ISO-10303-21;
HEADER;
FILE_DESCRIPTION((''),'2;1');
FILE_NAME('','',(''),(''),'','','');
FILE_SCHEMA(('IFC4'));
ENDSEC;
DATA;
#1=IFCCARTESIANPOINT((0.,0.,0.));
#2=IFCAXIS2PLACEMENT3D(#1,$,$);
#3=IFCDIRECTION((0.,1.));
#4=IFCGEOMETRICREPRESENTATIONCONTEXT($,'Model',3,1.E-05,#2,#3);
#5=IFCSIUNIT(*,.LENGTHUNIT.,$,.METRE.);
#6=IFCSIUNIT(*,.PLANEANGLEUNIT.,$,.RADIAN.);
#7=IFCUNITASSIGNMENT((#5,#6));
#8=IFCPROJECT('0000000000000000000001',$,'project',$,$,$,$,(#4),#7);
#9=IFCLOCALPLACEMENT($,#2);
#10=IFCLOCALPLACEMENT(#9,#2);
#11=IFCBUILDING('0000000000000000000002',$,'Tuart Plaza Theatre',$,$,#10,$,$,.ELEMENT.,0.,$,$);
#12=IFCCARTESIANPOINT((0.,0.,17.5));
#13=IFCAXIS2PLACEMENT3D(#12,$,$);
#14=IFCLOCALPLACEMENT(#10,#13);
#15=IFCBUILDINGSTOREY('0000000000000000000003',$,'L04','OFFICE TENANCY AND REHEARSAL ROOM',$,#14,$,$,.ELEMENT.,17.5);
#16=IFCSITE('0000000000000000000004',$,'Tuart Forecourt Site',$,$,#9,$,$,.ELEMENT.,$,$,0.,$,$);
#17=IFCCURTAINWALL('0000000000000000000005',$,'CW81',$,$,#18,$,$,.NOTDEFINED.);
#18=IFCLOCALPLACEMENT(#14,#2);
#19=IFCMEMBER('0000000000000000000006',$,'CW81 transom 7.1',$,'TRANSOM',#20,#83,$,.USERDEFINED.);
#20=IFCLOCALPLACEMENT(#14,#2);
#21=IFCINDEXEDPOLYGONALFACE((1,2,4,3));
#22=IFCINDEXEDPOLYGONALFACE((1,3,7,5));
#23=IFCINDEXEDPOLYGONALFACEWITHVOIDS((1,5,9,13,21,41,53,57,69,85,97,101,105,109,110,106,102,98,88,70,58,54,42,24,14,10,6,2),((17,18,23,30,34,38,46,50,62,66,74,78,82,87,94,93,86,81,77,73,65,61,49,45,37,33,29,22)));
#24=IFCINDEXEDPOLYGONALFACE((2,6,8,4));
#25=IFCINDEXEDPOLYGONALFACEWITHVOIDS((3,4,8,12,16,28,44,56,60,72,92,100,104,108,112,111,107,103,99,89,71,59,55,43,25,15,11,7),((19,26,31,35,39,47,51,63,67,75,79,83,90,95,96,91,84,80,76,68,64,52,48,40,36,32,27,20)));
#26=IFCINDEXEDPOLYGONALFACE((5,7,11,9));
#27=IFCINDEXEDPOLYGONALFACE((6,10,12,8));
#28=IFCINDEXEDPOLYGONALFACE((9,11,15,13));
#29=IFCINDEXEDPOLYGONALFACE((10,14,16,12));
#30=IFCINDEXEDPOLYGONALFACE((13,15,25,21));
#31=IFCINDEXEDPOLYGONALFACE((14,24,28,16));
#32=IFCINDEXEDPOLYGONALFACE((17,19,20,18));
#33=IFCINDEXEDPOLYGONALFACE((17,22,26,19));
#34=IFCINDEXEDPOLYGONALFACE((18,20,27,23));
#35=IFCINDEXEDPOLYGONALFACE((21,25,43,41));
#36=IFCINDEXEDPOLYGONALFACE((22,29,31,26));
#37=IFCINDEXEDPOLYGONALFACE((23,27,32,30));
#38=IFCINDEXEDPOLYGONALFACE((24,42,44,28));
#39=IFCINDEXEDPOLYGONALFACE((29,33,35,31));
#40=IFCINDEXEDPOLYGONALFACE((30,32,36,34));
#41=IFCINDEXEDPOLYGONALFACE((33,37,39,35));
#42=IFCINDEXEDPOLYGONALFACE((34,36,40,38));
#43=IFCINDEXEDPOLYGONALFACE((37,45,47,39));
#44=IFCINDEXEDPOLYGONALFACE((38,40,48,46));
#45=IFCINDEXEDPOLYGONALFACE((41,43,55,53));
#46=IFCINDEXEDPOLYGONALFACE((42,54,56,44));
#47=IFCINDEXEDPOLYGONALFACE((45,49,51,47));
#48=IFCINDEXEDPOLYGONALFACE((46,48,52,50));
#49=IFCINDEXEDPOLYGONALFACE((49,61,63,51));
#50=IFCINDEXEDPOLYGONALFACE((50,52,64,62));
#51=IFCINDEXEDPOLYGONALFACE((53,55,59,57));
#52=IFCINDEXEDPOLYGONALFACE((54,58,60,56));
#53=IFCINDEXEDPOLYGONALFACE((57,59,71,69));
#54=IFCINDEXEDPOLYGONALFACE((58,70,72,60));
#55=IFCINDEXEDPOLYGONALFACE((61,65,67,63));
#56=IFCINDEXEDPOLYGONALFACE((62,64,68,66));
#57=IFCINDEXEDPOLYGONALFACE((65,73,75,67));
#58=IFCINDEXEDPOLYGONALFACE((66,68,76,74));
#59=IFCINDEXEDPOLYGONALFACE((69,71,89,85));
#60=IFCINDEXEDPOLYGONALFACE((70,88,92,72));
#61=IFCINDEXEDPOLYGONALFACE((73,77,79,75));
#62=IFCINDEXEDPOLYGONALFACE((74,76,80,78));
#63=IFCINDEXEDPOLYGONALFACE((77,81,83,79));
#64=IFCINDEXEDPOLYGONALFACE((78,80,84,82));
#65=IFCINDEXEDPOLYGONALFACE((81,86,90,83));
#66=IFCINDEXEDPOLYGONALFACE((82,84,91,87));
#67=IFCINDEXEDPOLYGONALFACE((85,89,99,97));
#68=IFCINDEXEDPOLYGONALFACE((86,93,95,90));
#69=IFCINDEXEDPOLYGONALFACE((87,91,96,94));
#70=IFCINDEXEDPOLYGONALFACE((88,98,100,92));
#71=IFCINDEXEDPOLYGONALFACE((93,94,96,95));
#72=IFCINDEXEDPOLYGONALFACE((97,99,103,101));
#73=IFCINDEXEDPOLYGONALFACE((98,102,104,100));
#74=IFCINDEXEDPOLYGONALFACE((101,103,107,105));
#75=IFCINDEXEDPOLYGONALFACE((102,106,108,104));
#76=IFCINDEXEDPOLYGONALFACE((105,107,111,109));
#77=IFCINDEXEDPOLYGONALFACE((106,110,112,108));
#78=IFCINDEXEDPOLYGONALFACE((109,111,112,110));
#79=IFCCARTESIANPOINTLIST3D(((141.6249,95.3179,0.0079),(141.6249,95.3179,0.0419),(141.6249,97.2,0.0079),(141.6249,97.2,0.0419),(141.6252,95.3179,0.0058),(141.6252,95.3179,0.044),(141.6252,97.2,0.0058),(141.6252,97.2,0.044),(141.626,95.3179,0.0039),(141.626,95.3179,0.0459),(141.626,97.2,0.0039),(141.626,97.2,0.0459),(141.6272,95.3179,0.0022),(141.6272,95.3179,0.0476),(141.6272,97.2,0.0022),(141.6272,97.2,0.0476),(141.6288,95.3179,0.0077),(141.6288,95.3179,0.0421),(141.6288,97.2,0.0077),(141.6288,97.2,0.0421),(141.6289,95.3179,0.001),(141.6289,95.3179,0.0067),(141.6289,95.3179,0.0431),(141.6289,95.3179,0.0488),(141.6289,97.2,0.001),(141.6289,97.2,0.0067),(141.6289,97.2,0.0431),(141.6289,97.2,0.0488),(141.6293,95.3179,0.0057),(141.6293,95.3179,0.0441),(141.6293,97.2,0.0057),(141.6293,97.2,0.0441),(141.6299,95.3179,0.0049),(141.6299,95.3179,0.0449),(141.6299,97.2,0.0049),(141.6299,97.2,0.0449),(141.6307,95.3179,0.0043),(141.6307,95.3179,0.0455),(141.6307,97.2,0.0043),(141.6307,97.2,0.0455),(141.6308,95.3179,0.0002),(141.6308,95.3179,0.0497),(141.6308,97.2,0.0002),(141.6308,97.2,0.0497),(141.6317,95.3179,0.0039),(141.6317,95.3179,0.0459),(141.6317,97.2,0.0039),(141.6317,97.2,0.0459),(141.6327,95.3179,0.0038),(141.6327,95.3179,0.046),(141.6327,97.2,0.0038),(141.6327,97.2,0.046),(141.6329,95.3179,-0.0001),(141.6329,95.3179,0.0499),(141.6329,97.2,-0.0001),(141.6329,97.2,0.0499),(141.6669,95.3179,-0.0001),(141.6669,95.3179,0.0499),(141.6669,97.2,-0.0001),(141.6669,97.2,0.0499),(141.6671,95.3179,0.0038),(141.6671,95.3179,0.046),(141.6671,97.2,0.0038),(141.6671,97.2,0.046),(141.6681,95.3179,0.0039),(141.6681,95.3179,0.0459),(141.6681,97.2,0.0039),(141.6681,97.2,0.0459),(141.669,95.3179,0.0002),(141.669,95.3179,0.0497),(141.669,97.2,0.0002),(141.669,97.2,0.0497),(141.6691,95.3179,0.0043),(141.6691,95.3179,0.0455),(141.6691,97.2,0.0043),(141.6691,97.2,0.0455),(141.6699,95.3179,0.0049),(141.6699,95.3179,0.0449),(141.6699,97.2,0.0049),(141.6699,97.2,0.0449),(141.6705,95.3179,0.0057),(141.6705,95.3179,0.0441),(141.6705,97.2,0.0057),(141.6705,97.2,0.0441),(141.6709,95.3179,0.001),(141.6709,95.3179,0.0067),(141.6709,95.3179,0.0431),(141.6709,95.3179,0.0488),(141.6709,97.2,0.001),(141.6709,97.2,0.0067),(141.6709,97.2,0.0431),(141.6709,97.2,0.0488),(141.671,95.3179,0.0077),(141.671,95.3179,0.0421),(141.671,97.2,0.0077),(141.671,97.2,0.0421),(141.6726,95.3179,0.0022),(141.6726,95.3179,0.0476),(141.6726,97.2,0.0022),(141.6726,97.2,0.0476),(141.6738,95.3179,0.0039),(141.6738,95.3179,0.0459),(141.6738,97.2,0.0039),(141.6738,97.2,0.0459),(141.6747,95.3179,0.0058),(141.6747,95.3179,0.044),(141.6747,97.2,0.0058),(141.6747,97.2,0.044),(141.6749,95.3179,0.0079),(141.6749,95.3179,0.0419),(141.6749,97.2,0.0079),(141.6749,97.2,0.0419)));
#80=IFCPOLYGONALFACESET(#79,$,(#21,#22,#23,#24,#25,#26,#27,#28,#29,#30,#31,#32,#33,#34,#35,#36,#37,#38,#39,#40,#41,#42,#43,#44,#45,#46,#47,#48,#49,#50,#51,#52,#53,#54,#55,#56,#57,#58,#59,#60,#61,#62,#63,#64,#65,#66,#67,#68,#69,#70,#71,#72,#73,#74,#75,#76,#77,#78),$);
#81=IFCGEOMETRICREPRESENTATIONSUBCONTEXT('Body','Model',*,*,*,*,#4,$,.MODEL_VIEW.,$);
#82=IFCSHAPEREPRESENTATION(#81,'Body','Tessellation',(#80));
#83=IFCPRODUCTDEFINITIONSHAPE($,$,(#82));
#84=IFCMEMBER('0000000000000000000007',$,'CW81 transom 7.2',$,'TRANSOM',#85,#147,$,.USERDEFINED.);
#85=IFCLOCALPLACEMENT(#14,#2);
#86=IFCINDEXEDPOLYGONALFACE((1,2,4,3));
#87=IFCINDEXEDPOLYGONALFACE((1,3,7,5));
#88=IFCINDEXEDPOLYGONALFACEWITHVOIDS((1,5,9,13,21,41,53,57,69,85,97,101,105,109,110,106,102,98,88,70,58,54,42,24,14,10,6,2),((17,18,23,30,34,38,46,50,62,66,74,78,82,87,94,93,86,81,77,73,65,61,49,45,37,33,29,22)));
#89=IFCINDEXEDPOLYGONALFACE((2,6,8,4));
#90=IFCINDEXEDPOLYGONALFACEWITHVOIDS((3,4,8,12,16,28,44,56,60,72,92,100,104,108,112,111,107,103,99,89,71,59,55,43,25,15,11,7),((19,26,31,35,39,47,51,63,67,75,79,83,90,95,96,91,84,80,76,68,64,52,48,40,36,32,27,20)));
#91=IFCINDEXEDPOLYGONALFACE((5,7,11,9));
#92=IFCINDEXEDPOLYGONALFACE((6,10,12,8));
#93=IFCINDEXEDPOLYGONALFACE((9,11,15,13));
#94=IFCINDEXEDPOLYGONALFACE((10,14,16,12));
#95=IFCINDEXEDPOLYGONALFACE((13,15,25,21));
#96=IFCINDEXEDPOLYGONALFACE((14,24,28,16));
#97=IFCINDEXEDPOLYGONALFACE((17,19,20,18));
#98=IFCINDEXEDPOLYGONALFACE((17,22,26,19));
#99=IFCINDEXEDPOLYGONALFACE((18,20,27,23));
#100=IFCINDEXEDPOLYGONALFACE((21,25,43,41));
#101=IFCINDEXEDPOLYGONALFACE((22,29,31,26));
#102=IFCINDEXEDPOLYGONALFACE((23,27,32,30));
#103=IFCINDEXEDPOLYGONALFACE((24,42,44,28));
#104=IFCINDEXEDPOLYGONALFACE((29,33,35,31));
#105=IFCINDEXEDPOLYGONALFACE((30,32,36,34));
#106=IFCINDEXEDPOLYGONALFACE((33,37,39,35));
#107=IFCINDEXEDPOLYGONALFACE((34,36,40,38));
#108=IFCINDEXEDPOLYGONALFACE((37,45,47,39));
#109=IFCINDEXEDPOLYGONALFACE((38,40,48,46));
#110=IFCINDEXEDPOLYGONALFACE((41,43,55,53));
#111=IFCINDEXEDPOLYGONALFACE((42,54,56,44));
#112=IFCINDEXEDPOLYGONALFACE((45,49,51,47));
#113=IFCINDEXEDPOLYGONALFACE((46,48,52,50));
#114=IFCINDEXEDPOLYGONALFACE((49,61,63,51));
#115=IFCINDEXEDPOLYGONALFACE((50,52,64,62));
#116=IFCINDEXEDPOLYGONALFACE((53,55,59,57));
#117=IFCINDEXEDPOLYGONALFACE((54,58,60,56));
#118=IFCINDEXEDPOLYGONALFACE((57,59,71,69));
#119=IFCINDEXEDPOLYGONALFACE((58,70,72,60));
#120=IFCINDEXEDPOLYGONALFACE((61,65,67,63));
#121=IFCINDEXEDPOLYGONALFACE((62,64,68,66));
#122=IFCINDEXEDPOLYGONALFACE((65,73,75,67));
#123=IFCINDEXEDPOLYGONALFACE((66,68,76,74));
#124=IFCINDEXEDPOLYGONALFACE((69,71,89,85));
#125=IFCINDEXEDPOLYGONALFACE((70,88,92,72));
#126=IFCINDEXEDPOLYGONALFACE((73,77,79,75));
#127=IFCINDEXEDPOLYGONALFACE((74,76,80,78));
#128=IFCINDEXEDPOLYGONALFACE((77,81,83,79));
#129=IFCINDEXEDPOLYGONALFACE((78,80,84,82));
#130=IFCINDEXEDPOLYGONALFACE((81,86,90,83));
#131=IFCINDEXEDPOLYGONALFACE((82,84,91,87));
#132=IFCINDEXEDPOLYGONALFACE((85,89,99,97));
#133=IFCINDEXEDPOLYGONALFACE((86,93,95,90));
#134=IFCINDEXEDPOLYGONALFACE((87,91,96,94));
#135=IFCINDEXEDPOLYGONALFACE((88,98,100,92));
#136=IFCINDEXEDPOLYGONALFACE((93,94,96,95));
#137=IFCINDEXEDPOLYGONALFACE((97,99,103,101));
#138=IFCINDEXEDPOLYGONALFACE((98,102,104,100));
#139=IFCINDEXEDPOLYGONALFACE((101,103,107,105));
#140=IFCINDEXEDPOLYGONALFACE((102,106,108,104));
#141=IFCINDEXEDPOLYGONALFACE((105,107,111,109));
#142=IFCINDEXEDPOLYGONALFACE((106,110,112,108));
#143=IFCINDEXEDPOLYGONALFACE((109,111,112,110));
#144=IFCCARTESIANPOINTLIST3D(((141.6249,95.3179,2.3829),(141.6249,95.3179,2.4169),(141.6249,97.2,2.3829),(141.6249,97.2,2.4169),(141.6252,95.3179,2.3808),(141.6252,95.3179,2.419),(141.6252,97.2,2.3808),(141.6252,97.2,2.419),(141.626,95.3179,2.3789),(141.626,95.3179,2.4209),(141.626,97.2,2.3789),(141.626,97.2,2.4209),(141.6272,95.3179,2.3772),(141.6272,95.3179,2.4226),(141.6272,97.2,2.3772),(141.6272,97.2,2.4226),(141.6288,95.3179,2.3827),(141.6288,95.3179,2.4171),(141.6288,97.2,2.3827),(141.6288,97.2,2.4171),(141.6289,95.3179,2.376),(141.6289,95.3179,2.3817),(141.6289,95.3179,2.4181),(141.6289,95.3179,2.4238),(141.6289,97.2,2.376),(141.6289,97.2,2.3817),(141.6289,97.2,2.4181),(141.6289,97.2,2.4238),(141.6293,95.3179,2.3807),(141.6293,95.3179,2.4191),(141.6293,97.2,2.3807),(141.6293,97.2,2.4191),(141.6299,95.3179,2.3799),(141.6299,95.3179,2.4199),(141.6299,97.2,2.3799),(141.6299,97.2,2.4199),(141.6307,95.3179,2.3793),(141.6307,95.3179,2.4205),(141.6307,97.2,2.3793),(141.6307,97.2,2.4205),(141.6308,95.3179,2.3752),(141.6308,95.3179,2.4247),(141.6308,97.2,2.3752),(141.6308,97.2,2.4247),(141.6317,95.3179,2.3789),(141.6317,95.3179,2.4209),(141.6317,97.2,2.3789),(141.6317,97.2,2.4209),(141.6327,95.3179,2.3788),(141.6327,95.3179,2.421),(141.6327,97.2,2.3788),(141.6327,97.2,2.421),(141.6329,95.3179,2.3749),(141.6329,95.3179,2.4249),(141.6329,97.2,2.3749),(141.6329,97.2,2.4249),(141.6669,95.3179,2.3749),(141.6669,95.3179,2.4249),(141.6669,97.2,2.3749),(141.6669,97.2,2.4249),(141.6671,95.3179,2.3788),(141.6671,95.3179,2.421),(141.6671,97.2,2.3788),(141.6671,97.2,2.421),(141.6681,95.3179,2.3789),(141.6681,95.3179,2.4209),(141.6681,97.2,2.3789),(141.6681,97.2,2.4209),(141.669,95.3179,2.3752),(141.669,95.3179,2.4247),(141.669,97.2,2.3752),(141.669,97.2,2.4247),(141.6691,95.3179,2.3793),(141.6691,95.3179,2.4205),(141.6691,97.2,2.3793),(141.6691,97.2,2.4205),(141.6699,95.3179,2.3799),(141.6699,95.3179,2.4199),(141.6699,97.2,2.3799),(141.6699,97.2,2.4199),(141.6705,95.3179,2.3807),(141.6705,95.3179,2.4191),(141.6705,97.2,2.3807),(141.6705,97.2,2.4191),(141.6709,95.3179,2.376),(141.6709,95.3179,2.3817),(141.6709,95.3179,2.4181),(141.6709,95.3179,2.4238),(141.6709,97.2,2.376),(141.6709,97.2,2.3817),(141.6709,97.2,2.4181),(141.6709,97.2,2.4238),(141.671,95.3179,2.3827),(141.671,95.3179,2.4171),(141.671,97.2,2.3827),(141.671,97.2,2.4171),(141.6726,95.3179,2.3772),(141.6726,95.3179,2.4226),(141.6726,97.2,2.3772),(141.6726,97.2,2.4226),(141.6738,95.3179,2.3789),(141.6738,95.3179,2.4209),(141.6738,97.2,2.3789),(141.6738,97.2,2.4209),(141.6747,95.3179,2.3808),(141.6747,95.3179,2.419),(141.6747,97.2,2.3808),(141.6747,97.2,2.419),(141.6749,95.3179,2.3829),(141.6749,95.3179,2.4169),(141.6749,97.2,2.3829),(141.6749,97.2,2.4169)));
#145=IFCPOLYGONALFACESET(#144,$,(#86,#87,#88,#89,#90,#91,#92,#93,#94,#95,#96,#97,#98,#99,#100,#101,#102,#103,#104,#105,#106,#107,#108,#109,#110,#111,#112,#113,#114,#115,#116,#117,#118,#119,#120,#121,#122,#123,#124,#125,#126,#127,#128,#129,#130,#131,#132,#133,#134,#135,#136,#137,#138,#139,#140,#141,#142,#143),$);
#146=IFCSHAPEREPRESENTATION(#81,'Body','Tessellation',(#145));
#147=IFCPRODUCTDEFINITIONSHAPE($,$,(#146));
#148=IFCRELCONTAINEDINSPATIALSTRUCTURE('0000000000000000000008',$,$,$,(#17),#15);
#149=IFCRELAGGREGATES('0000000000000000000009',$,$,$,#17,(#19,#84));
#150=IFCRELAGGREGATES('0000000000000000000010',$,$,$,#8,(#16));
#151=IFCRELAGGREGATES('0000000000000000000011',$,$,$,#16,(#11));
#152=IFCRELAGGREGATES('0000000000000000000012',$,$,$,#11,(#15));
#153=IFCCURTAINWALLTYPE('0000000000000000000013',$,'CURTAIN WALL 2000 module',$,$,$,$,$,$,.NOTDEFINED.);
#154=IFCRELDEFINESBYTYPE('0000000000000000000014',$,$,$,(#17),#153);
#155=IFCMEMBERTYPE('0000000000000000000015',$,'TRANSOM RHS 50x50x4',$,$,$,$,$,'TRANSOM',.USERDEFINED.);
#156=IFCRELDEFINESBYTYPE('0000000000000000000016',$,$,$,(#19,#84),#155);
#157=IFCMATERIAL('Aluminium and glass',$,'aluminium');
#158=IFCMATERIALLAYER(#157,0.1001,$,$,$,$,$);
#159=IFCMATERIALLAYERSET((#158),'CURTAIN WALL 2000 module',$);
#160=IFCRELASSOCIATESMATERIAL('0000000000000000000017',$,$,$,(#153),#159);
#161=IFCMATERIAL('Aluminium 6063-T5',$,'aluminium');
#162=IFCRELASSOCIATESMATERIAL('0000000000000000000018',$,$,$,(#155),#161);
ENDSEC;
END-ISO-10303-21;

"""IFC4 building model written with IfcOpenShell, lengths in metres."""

from ifc_helpers import new_model, si_unit, direction, frame, origin, origin_2d, place, context, subcontext, project, spatial, hollow_rectangle, extrude, material, layer, layer_set, material_profile, profile_set, type_object, element, aggregate, save


model = new_model("IFC4")

# Units and contexts
model_context = context("Model", 3, precision=1e-05, world=origin(), true_north=direction((0.0, 1.0)))
body_context = subcontext(model_context, "Body", "Model", "MODEL_VIEW")
ifc_project = project(units=[si_unit("LENGTHUNIT", "METRE"), si_unit("PLANEANGLEUNIT", "RADIAN")], contexts=[model_context])

# Site, building, storey
site_placement = place(None, origin())
site = spatial("IfcSite", under=ifc_project, at=site_placement, Name="Tuart Forecourt Site", CompositionType="ELEMENT", RefElevation=0.0)
building_placement = place(site_placement, origin())
building = spatial("IfcBuilding", under=site, at=building_placement, Name="Tuart Plaza Theatre", CompositionType="ELEMENT", ElevationOfRefHeight=0.0)
storey_placement = place(building_placement, frame((0.0, 0.0, 17.5)))
storey = spatial("IfcBuildingStorey", under=building, at=storey_placement, Name="L04", Description="OFFICE TENANCY AND REHEARSAL ROOM", CompositionType="ELEMENT", Elevation=17.5)

# Curtain wall, members
ifc_material_1 = material(Name="Aluminium and glass", Category="aluminium")
ifc_layer_1 = layer(ifc_material_1, 0.1001)
ifc_layer_set_1 = layer_set([ifc_layer_1], Name="CURTAIN WALL 2000 module")
curtain_wall_type = type_object("IfcCurtainWallType", Name="CURTAIN WALL 2000 module", PredefinedType="NOTDEFINED", material=ifc_layer_set_1)
curtain_wall_placement = place(storey_placement, origin())
curtain_wall = element("IfcCurtainWall", 1, at=curtain_wall_placement, inside=storey, type_object=curtain_wall_type, Name="CW81", PredefinedType="NOTDEFINED")
ifc_material_2 = material(Name="Aluminium 6063-T5", Category="aluminium")
ifc_material_profile_1 = material_profile(ifc_material_2, hollow_rectangle(XDim=0.05, YDim=0.05, WallThickness=0.0039, InnerFilletRadius=0.0039, OuterFilletRadius=0.0081, at=origin_2d()), Name="RHS 50x50x4")
ifc_profile_set_1 = profile_set([ifc_material_profile_1], Name="Aluminium 6063-T5")
member_type_1 = type_object("IfcMemberType", Name="TRANSOM RHS 50x50x4", ElementType="TRANSOM", PredefinedType="USERDEFINED", material=ifc_profile_set_1)
member_1_placement = place(storey_placement, frame((141.6499, 95.3179, 0.0249), z_axis=(0.0, 1.0, 0.0), x_axis=(-1.0, 0.0, 0.0)))
member_1 = element("IfcMember", 2, at=member_1_placement, type_object=member_type_1, Name="CW81 transom 7.1", ObjectType="TRANSOM", PredefinedType="USERDEFINED", context=body_context, shape_type="SweptSolid", body=[
    extrude(hollow_rectangle(XDim=0.05, YDim=0.05, WallThickness=0.0039, InnerFilletRadius=0.0039, OuterFilletRadius=0.0081, at=origin_2d()), origin(), (0.0, 0.0, 1.0), 1.8821),
])
member_2_placement = place(storey_placement, frame((141.6499, 95.3179, 2.3999), z_axis=(0.0, 1.0, 0.0), x_axis=(-1.0, 0.0, 0.0)))
member_2 = element("IfcMember", 3, at=member_2_placement, type_object=member_type_1, Name="CW81 transom 7.2", ObjectType="TRANSOM", PredefinedType="USERDEFINED", context=body_context, shape_type="SweptSolid", body=[
    extrude(hollow_rectangle(XDim=0.05, YDim=0.05, WallThickness=0.0039, InnerFilletRadius=0.0039, OuterFilletRadius=0.0081, at=origin_2d()), origin(), (0.0, 0.0, 1.0), 1.8821),
])
aggregate(curtain_wall, [member_1, member_2])

save(model, "model.ifc")
